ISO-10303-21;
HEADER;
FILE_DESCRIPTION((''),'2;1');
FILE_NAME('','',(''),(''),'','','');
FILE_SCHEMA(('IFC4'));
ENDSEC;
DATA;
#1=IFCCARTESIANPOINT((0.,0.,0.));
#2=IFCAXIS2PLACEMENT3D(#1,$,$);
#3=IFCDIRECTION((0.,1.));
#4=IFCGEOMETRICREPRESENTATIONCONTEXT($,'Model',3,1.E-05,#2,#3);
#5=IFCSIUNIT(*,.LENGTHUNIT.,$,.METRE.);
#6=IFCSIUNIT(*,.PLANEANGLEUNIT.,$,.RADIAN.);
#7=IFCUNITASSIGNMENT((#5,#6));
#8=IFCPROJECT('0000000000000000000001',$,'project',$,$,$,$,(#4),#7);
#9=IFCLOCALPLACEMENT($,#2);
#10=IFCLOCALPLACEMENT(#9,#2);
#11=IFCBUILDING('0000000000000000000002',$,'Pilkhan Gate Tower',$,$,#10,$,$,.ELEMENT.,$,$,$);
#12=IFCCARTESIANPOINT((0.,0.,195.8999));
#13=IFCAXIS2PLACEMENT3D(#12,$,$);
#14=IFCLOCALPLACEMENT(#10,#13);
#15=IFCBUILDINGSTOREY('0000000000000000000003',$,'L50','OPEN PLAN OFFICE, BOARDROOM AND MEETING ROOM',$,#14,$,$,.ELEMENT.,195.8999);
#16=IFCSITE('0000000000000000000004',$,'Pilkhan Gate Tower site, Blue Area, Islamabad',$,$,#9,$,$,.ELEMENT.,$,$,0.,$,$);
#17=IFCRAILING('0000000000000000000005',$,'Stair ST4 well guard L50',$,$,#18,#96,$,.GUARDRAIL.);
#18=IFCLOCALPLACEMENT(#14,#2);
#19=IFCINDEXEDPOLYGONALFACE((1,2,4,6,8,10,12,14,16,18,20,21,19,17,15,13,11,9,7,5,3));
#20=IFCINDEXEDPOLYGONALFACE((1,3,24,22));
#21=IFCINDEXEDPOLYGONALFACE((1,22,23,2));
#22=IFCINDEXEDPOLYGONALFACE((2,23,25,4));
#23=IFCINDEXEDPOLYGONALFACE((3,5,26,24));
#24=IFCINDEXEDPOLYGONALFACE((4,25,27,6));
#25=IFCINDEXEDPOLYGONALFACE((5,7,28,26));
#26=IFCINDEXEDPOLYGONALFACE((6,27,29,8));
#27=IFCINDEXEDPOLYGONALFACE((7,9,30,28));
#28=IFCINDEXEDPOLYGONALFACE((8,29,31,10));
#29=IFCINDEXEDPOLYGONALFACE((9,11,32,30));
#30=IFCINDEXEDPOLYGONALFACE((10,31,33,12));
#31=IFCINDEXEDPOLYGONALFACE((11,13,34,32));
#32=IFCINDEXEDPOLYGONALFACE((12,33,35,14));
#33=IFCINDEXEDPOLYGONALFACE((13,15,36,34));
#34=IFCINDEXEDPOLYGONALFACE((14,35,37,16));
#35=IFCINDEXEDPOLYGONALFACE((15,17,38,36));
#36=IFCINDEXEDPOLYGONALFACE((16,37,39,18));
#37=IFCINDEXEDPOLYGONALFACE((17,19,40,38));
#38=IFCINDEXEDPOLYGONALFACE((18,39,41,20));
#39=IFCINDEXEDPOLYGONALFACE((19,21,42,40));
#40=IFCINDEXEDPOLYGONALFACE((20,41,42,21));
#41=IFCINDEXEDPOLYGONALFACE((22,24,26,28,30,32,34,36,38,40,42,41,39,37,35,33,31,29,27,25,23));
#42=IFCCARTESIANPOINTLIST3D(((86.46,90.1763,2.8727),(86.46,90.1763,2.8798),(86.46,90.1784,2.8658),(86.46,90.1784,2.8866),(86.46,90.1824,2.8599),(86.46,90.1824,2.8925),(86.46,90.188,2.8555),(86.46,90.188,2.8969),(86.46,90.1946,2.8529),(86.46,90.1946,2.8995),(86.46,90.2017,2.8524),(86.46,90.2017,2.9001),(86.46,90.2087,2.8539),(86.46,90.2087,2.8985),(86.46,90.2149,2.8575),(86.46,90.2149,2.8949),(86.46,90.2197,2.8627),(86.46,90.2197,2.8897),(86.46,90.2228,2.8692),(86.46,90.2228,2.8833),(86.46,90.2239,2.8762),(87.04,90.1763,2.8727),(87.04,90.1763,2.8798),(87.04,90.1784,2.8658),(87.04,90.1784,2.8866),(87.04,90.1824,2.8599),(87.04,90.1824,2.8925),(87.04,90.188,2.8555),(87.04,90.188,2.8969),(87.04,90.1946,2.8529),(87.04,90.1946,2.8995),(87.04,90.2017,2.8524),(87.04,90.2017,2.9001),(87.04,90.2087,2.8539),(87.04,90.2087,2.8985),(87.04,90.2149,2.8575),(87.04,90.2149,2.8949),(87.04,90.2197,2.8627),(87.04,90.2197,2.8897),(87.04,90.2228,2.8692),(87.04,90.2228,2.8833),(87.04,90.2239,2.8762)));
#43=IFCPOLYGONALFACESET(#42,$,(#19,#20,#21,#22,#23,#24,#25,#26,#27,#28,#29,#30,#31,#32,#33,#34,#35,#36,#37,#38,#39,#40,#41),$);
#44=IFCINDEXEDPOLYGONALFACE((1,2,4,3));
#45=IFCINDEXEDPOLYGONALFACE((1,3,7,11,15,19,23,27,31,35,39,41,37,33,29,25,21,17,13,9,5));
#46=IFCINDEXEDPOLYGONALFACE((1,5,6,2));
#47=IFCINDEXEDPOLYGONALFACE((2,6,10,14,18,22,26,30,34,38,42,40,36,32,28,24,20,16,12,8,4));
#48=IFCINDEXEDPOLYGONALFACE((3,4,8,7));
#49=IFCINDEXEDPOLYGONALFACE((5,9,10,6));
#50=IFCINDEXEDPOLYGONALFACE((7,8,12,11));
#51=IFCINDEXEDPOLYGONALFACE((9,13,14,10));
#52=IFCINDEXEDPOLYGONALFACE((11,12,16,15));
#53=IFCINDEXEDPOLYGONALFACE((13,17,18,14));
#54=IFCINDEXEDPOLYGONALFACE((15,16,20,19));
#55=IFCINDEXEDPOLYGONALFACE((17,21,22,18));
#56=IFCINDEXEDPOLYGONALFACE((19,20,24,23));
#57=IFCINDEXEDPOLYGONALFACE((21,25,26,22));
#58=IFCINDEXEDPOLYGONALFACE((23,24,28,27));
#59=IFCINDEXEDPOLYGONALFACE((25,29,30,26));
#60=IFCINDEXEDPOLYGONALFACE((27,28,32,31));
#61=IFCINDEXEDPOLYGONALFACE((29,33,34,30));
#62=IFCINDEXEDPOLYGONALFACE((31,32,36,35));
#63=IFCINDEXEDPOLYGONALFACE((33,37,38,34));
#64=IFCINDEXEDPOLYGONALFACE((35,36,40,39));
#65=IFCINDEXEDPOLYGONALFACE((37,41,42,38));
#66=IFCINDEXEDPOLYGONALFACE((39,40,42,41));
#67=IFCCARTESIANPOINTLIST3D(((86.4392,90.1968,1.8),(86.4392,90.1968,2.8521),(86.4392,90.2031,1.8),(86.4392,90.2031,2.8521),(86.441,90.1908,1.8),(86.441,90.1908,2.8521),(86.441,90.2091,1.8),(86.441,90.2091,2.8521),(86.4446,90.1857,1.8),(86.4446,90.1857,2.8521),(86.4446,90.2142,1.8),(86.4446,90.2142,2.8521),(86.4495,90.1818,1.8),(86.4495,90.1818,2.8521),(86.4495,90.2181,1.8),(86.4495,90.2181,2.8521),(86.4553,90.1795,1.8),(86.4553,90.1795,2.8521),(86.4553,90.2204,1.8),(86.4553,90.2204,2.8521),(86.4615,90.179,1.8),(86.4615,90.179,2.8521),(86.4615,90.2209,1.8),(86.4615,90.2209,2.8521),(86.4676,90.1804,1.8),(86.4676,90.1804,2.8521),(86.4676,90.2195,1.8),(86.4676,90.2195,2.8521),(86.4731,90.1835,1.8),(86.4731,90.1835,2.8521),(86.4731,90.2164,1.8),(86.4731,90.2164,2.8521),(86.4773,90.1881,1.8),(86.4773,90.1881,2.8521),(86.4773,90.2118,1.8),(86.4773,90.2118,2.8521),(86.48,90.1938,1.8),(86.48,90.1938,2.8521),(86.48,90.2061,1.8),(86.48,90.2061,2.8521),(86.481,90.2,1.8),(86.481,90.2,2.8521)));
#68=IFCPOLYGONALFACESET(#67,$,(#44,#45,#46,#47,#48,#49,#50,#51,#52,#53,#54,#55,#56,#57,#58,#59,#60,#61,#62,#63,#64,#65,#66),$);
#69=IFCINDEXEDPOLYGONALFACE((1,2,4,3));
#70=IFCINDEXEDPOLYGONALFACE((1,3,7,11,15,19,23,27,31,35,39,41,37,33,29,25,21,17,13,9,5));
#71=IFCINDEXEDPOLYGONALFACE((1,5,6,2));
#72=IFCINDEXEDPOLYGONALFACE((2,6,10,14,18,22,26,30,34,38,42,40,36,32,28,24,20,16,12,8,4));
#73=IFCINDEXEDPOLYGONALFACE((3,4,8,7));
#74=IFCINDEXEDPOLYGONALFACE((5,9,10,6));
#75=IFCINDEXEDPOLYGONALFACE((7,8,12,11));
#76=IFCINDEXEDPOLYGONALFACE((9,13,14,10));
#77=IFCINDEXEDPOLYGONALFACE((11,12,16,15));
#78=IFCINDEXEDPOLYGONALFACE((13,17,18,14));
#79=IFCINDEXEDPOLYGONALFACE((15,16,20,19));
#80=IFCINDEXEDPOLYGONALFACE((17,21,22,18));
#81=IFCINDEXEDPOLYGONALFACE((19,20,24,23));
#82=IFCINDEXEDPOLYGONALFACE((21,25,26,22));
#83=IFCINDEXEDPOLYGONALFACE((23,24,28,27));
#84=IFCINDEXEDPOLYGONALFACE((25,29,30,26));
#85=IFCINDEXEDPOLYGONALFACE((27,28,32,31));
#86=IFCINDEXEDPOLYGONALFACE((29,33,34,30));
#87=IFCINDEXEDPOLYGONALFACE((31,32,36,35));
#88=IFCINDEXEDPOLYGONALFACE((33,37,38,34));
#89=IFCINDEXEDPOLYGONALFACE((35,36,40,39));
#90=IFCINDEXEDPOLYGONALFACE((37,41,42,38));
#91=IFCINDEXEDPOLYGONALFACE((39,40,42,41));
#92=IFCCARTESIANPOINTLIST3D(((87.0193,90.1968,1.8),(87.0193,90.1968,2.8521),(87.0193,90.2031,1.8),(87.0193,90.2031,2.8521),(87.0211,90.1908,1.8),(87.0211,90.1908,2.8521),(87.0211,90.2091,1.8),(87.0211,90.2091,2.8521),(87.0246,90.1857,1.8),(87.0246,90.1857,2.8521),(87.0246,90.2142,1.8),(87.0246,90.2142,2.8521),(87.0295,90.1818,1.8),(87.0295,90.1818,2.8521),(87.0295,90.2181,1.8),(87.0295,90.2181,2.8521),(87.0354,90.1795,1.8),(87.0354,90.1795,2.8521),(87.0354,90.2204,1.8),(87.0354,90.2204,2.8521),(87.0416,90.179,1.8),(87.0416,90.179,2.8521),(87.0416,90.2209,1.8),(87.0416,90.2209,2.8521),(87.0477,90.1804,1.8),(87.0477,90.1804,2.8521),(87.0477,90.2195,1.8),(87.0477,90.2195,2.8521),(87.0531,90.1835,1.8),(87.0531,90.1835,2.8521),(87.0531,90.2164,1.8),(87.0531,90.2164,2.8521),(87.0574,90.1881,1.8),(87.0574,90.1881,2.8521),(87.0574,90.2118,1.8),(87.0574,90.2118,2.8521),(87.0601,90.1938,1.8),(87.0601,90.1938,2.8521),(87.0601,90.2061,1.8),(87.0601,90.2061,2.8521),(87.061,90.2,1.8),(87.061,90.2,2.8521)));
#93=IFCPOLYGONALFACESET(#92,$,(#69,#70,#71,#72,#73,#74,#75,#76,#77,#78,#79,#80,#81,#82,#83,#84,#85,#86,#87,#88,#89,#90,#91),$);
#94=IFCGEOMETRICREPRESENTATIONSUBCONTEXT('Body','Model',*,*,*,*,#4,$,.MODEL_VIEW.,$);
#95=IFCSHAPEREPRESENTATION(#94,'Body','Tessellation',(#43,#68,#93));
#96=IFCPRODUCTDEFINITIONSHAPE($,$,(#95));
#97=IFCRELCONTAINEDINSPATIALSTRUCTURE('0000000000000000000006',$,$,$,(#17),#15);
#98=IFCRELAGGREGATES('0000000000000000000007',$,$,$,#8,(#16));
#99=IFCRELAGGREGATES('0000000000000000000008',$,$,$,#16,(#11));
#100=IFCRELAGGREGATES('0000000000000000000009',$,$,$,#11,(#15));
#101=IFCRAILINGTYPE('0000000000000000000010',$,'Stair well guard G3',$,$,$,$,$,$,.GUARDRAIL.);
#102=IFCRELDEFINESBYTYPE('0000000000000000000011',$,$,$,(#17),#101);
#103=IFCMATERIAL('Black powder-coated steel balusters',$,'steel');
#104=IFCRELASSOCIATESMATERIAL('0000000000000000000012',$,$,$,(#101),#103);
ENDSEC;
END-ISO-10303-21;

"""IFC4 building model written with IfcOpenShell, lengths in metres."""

from ifc_helpers import new_model, si_unit, direction, frame, origin, origin_2d, place, context, subcontext, project, spatial, circle, extrude, material, type_object, element, save


model = new_model("IFC4")

# Units and contexts
model_context = context("Model", 3, precision=1e-05, world=origin(), true_north=direction((0.0, 1.0)))
body_context = subcontext(model_context, "Body", "Model", "MODEL_VIEW")
ifc_project = project(units=[si_unit("LENGTHUNIT", "METRE"), si_unit("PLANEANGLEUNIT", "RADIAN")], contexts=[model_context])

# Site, building, storey
site_placement = place(None, origin())
site = spatial("IfcSite", under=ifc_project, at=site_placement, Name="Pilkhan Gate Tower site, Blue Area, Islamabad", CompositionType="ELEMENT", RefElevation=0.0)
building_placement = place(site_placement, origin())
building = spatial("IfcBuilding", under=site, at=building_placement, Name="Pilkhan Gate Tower", CompositionType="ELEMENT")
storey_placement = place(building_placement, frame((0.0, 0.0, 195.8999)))
storey = spatial("IfcBuildingStorey", under=building, at=storey_placement, Name="L50", Description="OPEN PLAN OFFICE, BOARDROOM AND MEETING ROOM", CompositionType="ELEMENT", Elevation=195.8999)

# Railing
ifc_material_1 = material(Name="Black powder-coated steel balusters", Category="steel")
railing_type_1 = type_object("IfcRailingType", Name="Stair well guard G3", PredefinedType="GUARDRAIL", material=ifc_material_1)
for number, where, name in (
    (1, (86.46, 90.2, 1.8), "Stair ST4 well guard L50"),
):
    element("IfcRailing", number, at=place(storey_placement, frame(where)), inside=storey, type_object=railing_type_1, Name=name, PredefinedType="GUARDRAIL", context=body_context, shape_type="SweptSolid", body=[
        extrude(circle(Radius=0.0239, at=origin_2d()), frame((0.0, 0.0, 1.0762), z_axis=(1.0, 0.0, 0.0), x_axis=(0.0, 1.0, 0.0)), (0.0, 0.0, 1.0), 0.5801),
        extrude(circle(Radius=0.021, at=origin_2d()), origin(), (0.0, 0.0, 1.0), 1.052),
        extrude(circle(Radius=0.021, at=origin_2d()), frame((0.5801, 0.0, 0.0)), (0.0, 0.0, 1.0), 1.052),
    ])

save(model, "model.ifc")
